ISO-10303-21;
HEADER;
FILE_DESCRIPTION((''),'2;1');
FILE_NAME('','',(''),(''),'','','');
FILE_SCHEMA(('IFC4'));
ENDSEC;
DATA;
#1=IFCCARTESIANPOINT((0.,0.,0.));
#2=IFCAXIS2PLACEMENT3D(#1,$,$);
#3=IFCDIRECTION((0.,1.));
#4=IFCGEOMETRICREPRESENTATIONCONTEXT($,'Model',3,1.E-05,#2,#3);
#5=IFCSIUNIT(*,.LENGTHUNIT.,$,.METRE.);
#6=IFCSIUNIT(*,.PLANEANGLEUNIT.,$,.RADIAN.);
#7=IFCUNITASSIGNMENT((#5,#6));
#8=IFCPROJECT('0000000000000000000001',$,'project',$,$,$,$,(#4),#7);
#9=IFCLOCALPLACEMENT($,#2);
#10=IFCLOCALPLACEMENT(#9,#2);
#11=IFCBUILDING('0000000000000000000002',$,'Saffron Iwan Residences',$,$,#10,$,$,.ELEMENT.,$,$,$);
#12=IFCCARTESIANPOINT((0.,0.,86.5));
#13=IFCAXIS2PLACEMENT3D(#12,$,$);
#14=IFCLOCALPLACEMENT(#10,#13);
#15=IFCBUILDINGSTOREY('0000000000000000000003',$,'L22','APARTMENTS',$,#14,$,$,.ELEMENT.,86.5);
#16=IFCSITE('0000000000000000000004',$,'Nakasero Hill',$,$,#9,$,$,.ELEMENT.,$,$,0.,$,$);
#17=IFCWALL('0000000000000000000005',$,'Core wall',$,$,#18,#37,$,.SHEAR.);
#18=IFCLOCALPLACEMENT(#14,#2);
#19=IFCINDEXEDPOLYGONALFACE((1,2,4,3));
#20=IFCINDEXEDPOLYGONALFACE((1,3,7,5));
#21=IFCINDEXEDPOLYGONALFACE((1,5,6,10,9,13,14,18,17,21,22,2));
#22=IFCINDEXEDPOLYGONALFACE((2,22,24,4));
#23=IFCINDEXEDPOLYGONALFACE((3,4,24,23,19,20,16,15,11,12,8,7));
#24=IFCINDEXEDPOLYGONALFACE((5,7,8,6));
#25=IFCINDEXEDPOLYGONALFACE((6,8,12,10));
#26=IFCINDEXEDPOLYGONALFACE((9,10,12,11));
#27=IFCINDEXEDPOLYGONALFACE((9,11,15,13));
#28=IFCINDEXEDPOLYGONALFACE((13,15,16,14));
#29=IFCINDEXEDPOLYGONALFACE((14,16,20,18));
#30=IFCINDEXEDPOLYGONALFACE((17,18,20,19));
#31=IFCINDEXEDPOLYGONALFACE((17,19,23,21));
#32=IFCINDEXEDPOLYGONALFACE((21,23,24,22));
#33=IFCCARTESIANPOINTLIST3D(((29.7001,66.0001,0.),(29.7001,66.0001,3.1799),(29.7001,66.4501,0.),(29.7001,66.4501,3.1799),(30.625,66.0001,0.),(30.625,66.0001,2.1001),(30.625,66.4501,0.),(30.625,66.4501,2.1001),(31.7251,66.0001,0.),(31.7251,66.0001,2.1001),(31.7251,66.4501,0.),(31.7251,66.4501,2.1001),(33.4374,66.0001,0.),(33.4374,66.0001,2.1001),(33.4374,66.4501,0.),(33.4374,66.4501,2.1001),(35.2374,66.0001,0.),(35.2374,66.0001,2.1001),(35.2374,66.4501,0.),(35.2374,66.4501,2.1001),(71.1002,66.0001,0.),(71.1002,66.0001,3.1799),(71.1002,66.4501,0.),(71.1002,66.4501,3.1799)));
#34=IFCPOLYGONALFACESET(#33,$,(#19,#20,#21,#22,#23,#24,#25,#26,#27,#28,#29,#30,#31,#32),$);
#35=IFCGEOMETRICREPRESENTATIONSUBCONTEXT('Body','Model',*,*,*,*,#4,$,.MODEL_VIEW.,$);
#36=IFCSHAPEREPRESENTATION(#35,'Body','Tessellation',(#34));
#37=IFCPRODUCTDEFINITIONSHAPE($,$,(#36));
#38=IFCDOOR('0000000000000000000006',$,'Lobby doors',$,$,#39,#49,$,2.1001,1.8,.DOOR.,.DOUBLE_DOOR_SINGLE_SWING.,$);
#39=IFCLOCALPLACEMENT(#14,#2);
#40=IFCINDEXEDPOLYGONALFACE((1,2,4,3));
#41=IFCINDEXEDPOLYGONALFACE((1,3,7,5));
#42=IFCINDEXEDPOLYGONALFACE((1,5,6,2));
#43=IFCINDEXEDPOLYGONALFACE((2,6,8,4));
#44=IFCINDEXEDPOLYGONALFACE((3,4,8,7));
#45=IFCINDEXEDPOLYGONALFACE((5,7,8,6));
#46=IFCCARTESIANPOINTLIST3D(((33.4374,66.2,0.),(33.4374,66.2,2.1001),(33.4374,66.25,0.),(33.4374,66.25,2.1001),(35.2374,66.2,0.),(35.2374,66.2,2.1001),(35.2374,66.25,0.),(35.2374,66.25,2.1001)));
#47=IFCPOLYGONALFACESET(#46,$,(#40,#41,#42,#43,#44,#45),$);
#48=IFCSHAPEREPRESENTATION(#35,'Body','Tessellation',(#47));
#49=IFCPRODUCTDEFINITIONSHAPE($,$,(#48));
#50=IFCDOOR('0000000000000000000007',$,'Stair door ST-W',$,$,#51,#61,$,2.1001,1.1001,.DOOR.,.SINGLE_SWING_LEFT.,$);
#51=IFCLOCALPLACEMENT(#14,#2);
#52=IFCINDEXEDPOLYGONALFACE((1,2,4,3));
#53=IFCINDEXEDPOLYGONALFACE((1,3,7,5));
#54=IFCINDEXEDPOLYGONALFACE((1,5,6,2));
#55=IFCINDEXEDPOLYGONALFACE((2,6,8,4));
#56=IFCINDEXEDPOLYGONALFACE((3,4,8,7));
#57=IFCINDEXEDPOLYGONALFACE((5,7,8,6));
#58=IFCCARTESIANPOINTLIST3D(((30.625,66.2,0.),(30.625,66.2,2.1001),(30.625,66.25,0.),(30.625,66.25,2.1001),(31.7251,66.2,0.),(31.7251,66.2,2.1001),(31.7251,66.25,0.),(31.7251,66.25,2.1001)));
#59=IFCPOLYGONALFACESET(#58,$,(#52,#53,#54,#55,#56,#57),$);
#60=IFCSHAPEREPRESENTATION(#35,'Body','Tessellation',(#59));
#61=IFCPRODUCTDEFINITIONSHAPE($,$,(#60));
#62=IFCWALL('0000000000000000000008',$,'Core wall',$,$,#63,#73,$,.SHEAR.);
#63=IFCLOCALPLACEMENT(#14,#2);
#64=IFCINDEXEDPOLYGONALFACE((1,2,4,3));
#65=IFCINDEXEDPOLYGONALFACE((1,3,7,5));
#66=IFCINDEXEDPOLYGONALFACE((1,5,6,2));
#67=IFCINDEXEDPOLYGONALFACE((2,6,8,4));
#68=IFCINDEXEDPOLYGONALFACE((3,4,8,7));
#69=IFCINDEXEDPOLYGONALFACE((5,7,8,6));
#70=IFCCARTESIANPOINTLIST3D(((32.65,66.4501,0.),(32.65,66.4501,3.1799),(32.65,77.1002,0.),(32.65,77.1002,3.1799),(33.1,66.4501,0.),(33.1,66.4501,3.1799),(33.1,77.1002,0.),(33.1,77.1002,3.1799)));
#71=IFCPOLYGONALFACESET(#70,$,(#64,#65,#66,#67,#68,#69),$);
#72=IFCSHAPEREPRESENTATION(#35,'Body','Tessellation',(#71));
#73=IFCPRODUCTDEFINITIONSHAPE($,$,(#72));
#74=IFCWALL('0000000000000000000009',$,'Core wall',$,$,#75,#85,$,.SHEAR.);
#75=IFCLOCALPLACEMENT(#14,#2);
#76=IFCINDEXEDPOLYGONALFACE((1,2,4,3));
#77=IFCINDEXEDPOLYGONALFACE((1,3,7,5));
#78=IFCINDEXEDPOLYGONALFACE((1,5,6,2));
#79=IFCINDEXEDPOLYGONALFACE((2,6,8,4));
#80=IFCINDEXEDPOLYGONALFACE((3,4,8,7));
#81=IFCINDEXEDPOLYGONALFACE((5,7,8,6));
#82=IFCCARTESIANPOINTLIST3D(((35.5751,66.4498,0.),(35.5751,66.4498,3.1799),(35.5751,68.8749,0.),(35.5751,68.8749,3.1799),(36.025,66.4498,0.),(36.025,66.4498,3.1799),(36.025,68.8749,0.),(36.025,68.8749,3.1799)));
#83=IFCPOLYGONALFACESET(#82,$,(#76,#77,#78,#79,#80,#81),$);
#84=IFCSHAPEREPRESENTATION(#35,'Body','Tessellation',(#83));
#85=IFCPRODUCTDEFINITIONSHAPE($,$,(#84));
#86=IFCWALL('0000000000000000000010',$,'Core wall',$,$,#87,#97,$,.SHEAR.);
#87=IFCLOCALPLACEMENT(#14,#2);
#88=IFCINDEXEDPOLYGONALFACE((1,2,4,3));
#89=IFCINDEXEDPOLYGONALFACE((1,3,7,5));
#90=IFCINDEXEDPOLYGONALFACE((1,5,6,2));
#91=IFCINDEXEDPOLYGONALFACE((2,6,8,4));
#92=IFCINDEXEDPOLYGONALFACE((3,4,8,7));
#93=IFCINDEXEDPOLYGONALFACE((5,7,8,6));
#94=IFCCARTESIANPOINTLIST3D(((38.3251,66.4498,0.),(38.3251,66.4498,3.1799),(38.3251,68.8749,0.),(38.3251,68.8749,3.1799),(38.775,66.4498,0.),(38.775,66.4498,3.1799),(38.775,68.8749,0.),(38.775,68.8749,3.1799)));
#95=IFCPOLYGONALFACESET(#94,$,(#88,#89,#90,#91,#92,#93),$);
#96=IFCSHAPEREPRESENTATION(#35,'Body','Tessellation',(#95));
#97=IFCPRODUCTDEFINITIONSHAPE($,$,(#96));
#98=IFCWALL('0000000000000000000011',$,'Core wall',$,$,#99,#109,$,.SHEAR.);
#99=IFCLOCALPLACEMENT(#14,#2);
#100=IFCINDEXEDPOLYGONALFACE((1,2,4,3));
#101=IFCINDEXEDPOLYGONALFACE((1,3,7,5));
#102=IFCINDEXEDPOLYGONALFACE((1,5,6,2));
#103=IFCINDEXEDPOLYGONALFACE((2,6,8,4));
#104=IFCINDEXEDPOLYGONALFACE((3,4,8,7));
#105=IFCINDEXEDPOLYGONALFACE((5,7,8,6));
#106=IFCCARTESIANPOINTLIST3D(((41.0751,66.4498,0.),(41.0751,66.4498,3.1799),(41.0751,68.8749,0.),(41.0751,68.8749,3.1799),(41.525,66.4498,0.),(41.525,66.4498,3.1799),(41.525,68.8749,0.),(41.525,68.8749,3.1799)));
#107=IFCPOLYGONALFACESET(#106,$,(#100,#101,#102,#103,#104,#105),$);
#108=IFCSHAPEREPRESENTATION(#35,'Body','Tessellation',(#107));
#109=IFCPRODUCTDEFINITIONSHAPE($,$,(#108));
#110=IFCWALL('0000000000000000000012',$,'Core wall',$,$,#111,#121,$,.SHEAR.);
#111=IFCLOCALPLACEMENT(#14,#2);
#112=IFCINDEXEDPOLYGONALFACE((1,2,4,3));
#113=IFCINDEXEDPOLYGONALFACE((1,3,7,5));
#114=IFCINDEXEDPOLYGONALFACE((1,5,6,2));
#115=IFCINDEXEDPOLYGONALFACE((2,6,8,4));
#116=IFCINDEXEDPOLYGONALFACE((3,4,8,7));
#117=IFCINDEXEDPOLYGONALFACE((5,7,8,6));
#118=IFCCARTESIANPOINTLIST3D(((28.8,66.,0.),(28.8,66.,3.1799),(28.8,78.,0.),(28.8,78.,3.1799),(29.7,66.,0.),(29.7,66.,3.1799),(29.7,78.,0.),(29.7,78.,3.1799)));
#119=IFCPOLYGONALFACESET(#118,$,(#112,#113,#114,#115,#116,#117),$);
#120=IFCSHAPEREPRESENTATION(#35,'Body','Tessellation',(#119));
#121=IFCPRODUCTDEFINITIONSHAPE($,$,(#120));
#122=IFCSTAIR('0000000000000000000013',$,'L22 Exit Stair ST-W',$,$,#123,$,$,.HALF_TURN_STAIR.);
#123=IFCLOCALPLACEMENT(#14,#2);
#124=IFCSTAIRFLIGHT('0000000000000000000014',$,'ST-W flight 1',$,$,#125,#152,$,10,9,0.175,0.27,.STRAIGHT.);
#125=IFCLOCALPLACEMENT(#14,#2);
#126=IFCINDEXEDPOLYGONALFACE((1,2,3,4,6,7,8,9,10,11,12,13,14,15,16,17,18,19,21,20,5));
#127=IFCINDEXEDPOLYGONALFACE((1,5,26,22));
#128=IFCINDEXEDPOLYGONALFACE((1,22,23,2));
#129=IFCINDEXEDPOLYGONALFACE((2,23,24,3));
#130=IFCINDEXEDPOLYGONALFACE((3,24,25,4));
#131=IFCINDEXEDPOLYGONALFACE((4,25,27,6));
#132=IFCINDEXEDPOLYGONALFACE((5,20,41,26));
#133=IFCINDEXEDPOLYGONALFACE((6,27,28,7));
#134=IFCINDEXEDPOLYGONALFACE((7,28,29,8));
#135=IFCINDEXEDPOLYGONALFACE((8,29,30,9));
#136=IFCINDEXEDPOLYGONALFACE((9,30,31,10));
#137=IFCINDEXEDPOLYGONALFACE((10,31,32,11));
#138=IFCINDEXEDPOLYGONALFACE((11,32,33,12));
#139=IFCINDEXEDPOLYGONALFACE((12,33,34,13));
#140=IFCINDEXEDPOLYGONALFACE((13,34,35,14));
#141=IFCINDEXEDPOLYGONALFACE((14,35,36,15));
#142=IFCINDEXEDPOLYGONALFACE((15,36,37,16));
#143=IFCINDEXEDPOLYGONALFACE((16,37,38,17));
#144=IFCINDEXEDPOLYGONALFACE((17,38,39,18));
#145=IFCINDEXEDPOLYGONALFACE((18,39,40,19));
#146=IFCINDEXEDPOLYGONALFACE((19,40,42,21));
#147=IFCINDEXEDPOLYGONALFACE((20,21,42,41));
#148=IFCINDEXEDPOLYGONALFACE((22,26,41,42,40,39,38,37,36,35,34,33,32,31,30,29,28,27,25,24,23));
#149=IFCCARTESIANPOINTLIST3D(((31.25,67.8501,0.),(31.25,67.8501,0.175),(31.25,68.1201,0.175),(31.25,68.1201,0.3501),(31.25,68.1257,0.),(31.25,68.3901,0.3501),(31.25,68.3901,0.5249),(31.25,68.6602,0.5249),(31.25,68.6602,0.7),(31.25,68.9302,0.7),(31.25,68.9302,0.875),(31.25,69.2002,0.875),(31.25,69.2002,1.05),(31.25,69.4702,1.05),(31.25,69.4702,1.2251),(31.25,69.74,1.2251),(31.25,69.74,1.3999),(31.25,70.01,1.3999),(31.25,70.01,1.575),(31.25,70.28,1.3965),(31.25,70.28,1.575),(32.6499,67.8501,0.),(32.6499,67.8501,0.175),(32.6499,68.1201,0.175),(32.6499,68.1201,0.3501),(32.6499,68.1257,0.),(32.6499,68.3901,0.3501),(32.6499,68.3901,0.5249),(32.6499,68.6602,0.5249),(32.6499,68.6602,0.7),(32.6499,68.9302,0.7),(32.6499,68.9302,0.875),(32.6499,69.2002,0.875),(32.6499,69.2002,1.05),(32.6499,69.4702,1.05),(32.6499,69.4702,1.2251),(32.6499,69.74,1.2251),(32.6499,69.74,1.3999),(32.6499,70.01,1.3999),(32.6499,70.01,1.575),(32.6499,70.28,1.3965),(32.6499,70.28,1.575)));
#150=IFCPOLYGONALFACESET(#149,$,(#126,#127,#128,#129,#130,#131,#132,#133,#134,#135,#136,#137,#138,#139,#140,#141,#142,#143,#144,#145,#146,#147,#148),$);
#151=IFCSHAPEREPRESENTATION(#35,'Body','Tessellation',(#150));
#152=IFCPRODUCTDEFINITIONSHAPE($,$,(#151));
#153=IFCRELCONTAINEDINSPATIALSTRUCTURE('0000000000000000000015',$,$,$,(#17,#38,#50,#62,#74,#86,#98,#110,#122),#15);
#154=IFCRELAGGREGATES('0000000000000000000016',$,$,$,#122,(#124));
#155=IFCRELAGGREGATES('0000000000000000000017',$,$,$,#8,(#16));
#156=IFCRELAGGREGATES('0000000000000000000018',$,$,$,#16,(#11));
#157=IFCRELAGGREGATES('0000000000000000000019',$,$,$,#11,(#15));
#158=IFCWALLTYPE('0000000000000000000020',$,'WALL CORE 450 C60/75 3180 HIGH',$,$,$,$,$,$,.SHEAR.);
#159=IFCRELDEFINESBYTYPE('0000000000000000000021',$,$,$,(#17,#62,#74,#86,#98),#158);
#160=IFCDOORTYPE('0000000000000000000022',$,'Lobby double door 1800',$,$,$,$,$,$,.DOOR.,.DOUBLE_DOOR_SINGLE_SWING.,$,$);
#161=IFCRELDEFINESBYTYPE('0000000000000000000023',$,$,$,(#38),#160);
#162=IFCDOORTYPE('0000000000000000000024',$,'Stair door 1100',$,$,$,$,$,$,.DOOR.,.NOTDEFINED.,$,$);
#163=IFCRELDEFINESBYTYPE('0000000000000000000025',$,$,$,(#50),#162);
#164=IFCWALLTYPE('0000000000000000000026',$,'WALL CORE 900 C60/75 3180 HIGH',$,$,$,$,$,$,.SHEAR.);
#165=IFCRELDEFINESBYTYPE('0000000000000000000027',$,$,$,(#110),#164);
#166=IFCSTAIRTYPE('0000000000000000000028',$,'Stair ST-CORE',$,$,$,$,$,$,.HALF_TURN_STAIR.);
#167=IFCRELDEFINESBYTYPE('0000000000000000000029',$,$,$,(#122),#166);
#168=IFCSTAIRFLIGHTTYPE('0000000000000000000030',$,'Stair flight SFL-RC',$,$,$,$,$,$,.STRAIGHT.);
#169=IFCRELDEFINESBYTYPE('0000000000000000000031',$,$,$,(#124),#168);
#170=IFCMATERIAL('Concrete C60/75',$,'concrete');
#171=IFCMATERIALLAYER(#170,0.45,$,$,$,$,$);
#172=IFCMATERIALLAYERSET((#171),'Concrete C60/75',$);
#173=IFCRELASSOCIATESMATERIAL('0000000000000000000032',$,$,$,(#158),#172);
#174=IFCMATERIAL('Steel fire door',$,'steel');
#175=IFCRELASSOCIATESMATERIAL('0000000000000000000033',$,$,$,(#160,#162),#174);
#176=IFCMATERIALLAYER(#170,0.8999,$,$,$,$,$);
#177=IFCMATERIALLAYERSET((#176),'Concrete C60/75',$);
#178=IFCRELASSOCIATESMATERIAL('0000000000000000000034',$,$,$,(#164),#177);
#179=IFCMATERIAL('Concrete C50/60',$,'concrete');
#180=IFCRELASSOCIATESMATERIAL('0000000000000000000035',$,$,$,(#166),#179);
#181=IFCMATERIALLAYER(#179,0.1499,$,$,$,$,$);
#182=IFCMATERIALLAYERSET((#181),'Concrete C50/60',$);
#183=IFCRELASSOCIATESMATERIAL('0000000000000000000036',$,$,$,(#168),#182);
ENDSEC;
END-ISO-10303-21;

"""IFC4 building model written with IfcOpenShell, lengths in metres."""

from ifc_helpers import new_model, si_unit, direction, frame, frame_2d, origin, place, context, subcontext, project, spatial, polyline, rectangle, outline, extrude, material, layer, layer_set, type_object, element, fill, aggregate, save


model = new_model("IFC4")

# Units and contexts
model_context = context("Model", 3, precision=1e-05, world=origin(), true_north=direction((0.0, 1.0)))
body_context = subcontext(model_context, "Body", "Model", "MODEL_VIEW")
ifc_project = project(units=[si_unit("LENGTHUNIT", "METRE"), si_unit("PLANEANGLEUNIT", "RADIAN")], contexts=[model_context])

# Site, building, storey
site_placement = place(None, origin())
site = spatial("IfcSite", under=ifc_project, at=site_placement, Name="Nakasero Hill", CompositionType="ELEMENT", RefElevation=0.0)
building_placement = place(site_placement, origin())
building = spatial("IfcBuilding", under=site, at=building_placement, Name="Saffron Iwan Residences", CompositionType="ELEMENT")
storey_placement = place(building_placement, frame((0.0, 0.0, 86.5)))
storey = spatial("IfcBuildingStorey", under=building, at=storey_placement, Name="L22", Description="APARTMENTS", CompositionType="ELEMENT", Elevation=86.5)

# Shared definitions
ifc_material_1 = material(Name="Concrete C60/75", Category="concrete")

# Wall, openings, doors
ifc_layer_1 = layer(ifc_material_1, 0.45)
ifc_layer_set_1 = layer_set([ifc_layer_1], Name="Concrete C60/75")
wall_type_1 = type_object("IfcWallType", Name="WALL CORE 450 C60/75 3180 HIGH", PredefinedType="SHEAR", material=ifc_layer_set_1)
wall_1_placement = place(storey_placement, frame((29.7, 66.2251, 0.0), z_axis=(0.0, 0.0, 1.0), x_axis=(1.0, 0.0, 0.0)))
wall_1 = element("IfcWall", 1, at=wall_1_placement, inside=storey, type_object=wall_type_1, Name="Core wall", PredefinedType="SHEAR", context=body_context, shape_type="SweptSolid", body=[
    extrude(rectangle(XDim=41.4001, YDim=0.45, at=frame_2d((20.7002, 0.0))), origin(), (0.0, 0.0, 1.0), 3.1799),
])
opening_1_placement = place(wall_1_placement, frame((0.925, 0.0, 0.0)))
opening_1 = element("IfcOpeningElement", 2, at=opening_1_placement, cuts=wall_1, PredefinedType="OPENING", context=body_context, shape_type="SweptSolid", body=[
    extrude(rectangle(XDim=1.1001, YDim=2.1001, at=frame_2d((0.55, 1.05))), frame((0.0, 0.2349, 0.0), z_axis=(0.0, -1.0, 0.0), x_axis=(1.0, 0.0, 0.0)), (0.0, 0.0, 1.0), 0.47),
])
opening_2_placement = place(wall_1_placement, frame((3.7375, 0.0, 0.0)))
opening_2 = element("IfcOpeningElement", 3, at=opening_2_placement, cuts=wall_1, PredefinedType="OPENING", context=body_context, shape_type="SweptSolid", body=[
    extrude(rectangle(XDim=1.8, YDim=2.1001, at=frame_2d((0.8999, 1.05))), frame((0.0, 0.2349, 0.0), z_axis=(0.0, -1.0, 0.0), x_axis=(1.0, 0.0, 0.0)), (0.0, 0.0, 1.0), 0.47),
])
ifc_material_2 = material(Name="Steel fire door", Category="steel")
door_type_1 = type_object("IfcDoorType", Name="Lobby double door 1800", OperationType="DOUBLE_DOOR_SINGLE_SWING", PredefinedType="DOOR", material=ifc_material_2)
door_1_placement = place(opening_2_placement, origin())
door_1 = element("IfcDoor", 4, at=door_1_placement, inside=storey, type_object=door_type_1, Name="Lobby doors", OperationType="DOUBLE_DOOR_SINGLE_SWING", OverallHeight=2.1001, OverallWidth=1.8, PredefinedType="DOOR", context=body_context, shape_type="SweptSolid", body=[
    extrude(rectangle(XDim=1.8, YDim=2.1001, at=frame_2d((0.8999, 1.05))), frame((0.0, 0.0249, 0.0), z_axis=(0.0, -1.0, 0.0), x_axis=(1.0, 0.0, 0.0)), (0.0, 0.0, 1.0), 0.05),
])
fill(opening_2, door_1)
door_type_2 = type_object("IfcDoorType", Name="Stair door 1100", OperationType="NOTDEFINED", PredefinedType="DOOR", material=ifc_material_2)
door_2_placement = place(opening_1_placement, origin())
door_2 = element("IfcDoor", 5, at=door_2_placement, inside=storey, type_object=door_type_2, Name="Stair door ST-W", OperationType="SINGLE_SWING_LEFT", OverallHeight=2.1001, OverallWidth=1.1001, PredefinedType="DOOR", context=body_context, shape_type="SweptSolid", body=[
    extrude(rectangle(XDim=1.1001, YDim=2.1001, at=frame_2d((0.55, 1.05))), frame((0.0, 0.0249, 0.0), z_axis=(0.0, -1.0, 0.0), x_axis=(1.0, 0.0, 0.0)), (0.0, 0.0, 1.0), 0.05),
])
fill(opening_1, door_2)

# Walls
wall_2_placement = place(storey_placement, frame((32.875, 66.45, 0.0), z_axis=(0.0, 0.0, 1.0), x_axis=(0.0, 1.0, 0.0)))
element("IfcWall", 6, at=wall_2_placement, inside=storey, type_object=wall_type_1, Name="Core wall", PredefinedType="SHEAR", context=body_context, shape_type="SweptSolid", body=[
    extrude(rectangle(XDim=10.6501, YDim=0.45, at=frame_2d((5.3252, 0.0))), origin(), (0.0, 0.0, 1.0), 3.1799),
])
for number, where, z_axis, x_axis, name in (
    (7, (35.8, 66.45, 0.0), (0.0, 0.0, 1.0), (0.0, 1.0, 0.0), "Core wall"),
    (8, (38.55, 66.45, 0.0), (0.0, 0.0, 1.0), (0.0, 1.0, 0.0), "Core wall"),
    (9, (41.3, 66.45, 0.0), (0.0, 0.0, 1.0), (0.0, 1.0, 0.0), "Core wall"),
):
    element("IfcWall", number, at=place(storey_placement, frame(where, z_axis=z_axis, x_axis=x_axis)), inside=storey, type_object=wall_type_1, Name=name, PredefinedType="SHEAR", context=body_context, shape_type="SweptSolid", body=[
        extrude(rectangle(XDim=2.425, YDim=0.45, at=frame_2d((1.2124, 0.0))), origin(), (0.0, 0.0, 1.0), 3.1799),
    ])
ifc_layer_2 = layer(ifc_material_1, 0.8999)
ifc_layer_set_2 = layer_set([ifc_layer_2], Name="Concrete C60/75")
wall_type_2 = type_object("IfcWallType", Name="WALL CORE 900 C60/75 3180 HIGH", PredefinedType="SHEAR", material=ifc_layer_set_2)
wall_3_placement = place(storey_placement, frame((29.25, 66.0, 0.0), z_axis=(0.0, 0.0, 1.0), x_axis=(0.0, 1.0, 0.0)))
element("IfcWall", 10, at=wall_3_placement, inside=storey, type_object=wall_type_2, Name="Core wall", PredefinedType="SHEAR", context=body_context, shape_type="SweptSolid", body=[
    extrude(rectangle(XDim=12.0, YDim=0.8999, at=frame_2d((6.0, 0.0))), origin(), (0.0, 0.0, 1.0), 3.1799),
])

# Stair, stair flight
ifc_material_3 = material(Name="Concrete C50/60", Category="concrete")
stair_type = type_object("IfcStairType", Name="Stair ST-CORE", PredefinedType="HALF_TURN_STAIR", material=ifc_material_3)
stair_placement = place(storey_placement, origin())
stair = element("IfcStair", 11, at=stair_placement, inside=storey, type_object=stair_type, Name="L22 Exit Stair ST-W", PredefinedType="HALF_TURN_STAIR")
ifc_layer_3 = layer(ifc_material_3, 0.1499)
ifc_layer_set_3 = layer_set([ifc_layer_3], Name="Concrete C50/60")
stair_flight_type = type_object("IfcStairFlightType", Name="Stair flight SFL-RC", PredefinedType="STRAIGHT", material=ifc_layer_set_3)
stair_flight_placement = place(storey_placement, frame((31.95, 67.8501, 0.0), z_axis=(0.0, 0.0, 1.0), x_axis=(0.0, 1.0, 0.0)))
stair_flight = element("IfcStairFlight", 12, at=stair_flight_placement, type_object=stair_flight_type, Name="ST-W flight 1", NumberOfRisers=10, NumberOfTreads=9, PredefinedType="STRAIGHT", RiserHeight=0.175, TreadLength=0.27, context=body_context, shape_type="SweptSolid", body=[
    extrude(outline(polyline([(0.0, 0.0), (0.0, 0.175), (0.27, 0.175), (0.27, 0.3501), (0.54, 0.3501), (0.54, 0.5249), (0.8101, 0.5249), (0.8101, 0.7), (1.0801, 0.7), (1.0801, 0.875), (1.3501, 0.875), (1.3501, 1.05), (1.6201, 1.05), (1.6201, 1.2251), (1.8899, 1.2251), (1.8899, 1.3999), (2.1599, 1.3999), (2.1599, 1.575), (2.4299, 1.575), (2.4299, 1.75), (2.4299, 1.3965), (0.2756, 0.0), (0.0, 0.0)])), frame((0.0, 0.7, 0.0), z_axis=(0.0, -1.0, 0.0), x_axis=(1.0, 0.0, 0.0)), (0.0, 0.0, 1.0), 1.3999),
])
aggregate(stair, [stair_flight])

save(model, "model.ifc")
